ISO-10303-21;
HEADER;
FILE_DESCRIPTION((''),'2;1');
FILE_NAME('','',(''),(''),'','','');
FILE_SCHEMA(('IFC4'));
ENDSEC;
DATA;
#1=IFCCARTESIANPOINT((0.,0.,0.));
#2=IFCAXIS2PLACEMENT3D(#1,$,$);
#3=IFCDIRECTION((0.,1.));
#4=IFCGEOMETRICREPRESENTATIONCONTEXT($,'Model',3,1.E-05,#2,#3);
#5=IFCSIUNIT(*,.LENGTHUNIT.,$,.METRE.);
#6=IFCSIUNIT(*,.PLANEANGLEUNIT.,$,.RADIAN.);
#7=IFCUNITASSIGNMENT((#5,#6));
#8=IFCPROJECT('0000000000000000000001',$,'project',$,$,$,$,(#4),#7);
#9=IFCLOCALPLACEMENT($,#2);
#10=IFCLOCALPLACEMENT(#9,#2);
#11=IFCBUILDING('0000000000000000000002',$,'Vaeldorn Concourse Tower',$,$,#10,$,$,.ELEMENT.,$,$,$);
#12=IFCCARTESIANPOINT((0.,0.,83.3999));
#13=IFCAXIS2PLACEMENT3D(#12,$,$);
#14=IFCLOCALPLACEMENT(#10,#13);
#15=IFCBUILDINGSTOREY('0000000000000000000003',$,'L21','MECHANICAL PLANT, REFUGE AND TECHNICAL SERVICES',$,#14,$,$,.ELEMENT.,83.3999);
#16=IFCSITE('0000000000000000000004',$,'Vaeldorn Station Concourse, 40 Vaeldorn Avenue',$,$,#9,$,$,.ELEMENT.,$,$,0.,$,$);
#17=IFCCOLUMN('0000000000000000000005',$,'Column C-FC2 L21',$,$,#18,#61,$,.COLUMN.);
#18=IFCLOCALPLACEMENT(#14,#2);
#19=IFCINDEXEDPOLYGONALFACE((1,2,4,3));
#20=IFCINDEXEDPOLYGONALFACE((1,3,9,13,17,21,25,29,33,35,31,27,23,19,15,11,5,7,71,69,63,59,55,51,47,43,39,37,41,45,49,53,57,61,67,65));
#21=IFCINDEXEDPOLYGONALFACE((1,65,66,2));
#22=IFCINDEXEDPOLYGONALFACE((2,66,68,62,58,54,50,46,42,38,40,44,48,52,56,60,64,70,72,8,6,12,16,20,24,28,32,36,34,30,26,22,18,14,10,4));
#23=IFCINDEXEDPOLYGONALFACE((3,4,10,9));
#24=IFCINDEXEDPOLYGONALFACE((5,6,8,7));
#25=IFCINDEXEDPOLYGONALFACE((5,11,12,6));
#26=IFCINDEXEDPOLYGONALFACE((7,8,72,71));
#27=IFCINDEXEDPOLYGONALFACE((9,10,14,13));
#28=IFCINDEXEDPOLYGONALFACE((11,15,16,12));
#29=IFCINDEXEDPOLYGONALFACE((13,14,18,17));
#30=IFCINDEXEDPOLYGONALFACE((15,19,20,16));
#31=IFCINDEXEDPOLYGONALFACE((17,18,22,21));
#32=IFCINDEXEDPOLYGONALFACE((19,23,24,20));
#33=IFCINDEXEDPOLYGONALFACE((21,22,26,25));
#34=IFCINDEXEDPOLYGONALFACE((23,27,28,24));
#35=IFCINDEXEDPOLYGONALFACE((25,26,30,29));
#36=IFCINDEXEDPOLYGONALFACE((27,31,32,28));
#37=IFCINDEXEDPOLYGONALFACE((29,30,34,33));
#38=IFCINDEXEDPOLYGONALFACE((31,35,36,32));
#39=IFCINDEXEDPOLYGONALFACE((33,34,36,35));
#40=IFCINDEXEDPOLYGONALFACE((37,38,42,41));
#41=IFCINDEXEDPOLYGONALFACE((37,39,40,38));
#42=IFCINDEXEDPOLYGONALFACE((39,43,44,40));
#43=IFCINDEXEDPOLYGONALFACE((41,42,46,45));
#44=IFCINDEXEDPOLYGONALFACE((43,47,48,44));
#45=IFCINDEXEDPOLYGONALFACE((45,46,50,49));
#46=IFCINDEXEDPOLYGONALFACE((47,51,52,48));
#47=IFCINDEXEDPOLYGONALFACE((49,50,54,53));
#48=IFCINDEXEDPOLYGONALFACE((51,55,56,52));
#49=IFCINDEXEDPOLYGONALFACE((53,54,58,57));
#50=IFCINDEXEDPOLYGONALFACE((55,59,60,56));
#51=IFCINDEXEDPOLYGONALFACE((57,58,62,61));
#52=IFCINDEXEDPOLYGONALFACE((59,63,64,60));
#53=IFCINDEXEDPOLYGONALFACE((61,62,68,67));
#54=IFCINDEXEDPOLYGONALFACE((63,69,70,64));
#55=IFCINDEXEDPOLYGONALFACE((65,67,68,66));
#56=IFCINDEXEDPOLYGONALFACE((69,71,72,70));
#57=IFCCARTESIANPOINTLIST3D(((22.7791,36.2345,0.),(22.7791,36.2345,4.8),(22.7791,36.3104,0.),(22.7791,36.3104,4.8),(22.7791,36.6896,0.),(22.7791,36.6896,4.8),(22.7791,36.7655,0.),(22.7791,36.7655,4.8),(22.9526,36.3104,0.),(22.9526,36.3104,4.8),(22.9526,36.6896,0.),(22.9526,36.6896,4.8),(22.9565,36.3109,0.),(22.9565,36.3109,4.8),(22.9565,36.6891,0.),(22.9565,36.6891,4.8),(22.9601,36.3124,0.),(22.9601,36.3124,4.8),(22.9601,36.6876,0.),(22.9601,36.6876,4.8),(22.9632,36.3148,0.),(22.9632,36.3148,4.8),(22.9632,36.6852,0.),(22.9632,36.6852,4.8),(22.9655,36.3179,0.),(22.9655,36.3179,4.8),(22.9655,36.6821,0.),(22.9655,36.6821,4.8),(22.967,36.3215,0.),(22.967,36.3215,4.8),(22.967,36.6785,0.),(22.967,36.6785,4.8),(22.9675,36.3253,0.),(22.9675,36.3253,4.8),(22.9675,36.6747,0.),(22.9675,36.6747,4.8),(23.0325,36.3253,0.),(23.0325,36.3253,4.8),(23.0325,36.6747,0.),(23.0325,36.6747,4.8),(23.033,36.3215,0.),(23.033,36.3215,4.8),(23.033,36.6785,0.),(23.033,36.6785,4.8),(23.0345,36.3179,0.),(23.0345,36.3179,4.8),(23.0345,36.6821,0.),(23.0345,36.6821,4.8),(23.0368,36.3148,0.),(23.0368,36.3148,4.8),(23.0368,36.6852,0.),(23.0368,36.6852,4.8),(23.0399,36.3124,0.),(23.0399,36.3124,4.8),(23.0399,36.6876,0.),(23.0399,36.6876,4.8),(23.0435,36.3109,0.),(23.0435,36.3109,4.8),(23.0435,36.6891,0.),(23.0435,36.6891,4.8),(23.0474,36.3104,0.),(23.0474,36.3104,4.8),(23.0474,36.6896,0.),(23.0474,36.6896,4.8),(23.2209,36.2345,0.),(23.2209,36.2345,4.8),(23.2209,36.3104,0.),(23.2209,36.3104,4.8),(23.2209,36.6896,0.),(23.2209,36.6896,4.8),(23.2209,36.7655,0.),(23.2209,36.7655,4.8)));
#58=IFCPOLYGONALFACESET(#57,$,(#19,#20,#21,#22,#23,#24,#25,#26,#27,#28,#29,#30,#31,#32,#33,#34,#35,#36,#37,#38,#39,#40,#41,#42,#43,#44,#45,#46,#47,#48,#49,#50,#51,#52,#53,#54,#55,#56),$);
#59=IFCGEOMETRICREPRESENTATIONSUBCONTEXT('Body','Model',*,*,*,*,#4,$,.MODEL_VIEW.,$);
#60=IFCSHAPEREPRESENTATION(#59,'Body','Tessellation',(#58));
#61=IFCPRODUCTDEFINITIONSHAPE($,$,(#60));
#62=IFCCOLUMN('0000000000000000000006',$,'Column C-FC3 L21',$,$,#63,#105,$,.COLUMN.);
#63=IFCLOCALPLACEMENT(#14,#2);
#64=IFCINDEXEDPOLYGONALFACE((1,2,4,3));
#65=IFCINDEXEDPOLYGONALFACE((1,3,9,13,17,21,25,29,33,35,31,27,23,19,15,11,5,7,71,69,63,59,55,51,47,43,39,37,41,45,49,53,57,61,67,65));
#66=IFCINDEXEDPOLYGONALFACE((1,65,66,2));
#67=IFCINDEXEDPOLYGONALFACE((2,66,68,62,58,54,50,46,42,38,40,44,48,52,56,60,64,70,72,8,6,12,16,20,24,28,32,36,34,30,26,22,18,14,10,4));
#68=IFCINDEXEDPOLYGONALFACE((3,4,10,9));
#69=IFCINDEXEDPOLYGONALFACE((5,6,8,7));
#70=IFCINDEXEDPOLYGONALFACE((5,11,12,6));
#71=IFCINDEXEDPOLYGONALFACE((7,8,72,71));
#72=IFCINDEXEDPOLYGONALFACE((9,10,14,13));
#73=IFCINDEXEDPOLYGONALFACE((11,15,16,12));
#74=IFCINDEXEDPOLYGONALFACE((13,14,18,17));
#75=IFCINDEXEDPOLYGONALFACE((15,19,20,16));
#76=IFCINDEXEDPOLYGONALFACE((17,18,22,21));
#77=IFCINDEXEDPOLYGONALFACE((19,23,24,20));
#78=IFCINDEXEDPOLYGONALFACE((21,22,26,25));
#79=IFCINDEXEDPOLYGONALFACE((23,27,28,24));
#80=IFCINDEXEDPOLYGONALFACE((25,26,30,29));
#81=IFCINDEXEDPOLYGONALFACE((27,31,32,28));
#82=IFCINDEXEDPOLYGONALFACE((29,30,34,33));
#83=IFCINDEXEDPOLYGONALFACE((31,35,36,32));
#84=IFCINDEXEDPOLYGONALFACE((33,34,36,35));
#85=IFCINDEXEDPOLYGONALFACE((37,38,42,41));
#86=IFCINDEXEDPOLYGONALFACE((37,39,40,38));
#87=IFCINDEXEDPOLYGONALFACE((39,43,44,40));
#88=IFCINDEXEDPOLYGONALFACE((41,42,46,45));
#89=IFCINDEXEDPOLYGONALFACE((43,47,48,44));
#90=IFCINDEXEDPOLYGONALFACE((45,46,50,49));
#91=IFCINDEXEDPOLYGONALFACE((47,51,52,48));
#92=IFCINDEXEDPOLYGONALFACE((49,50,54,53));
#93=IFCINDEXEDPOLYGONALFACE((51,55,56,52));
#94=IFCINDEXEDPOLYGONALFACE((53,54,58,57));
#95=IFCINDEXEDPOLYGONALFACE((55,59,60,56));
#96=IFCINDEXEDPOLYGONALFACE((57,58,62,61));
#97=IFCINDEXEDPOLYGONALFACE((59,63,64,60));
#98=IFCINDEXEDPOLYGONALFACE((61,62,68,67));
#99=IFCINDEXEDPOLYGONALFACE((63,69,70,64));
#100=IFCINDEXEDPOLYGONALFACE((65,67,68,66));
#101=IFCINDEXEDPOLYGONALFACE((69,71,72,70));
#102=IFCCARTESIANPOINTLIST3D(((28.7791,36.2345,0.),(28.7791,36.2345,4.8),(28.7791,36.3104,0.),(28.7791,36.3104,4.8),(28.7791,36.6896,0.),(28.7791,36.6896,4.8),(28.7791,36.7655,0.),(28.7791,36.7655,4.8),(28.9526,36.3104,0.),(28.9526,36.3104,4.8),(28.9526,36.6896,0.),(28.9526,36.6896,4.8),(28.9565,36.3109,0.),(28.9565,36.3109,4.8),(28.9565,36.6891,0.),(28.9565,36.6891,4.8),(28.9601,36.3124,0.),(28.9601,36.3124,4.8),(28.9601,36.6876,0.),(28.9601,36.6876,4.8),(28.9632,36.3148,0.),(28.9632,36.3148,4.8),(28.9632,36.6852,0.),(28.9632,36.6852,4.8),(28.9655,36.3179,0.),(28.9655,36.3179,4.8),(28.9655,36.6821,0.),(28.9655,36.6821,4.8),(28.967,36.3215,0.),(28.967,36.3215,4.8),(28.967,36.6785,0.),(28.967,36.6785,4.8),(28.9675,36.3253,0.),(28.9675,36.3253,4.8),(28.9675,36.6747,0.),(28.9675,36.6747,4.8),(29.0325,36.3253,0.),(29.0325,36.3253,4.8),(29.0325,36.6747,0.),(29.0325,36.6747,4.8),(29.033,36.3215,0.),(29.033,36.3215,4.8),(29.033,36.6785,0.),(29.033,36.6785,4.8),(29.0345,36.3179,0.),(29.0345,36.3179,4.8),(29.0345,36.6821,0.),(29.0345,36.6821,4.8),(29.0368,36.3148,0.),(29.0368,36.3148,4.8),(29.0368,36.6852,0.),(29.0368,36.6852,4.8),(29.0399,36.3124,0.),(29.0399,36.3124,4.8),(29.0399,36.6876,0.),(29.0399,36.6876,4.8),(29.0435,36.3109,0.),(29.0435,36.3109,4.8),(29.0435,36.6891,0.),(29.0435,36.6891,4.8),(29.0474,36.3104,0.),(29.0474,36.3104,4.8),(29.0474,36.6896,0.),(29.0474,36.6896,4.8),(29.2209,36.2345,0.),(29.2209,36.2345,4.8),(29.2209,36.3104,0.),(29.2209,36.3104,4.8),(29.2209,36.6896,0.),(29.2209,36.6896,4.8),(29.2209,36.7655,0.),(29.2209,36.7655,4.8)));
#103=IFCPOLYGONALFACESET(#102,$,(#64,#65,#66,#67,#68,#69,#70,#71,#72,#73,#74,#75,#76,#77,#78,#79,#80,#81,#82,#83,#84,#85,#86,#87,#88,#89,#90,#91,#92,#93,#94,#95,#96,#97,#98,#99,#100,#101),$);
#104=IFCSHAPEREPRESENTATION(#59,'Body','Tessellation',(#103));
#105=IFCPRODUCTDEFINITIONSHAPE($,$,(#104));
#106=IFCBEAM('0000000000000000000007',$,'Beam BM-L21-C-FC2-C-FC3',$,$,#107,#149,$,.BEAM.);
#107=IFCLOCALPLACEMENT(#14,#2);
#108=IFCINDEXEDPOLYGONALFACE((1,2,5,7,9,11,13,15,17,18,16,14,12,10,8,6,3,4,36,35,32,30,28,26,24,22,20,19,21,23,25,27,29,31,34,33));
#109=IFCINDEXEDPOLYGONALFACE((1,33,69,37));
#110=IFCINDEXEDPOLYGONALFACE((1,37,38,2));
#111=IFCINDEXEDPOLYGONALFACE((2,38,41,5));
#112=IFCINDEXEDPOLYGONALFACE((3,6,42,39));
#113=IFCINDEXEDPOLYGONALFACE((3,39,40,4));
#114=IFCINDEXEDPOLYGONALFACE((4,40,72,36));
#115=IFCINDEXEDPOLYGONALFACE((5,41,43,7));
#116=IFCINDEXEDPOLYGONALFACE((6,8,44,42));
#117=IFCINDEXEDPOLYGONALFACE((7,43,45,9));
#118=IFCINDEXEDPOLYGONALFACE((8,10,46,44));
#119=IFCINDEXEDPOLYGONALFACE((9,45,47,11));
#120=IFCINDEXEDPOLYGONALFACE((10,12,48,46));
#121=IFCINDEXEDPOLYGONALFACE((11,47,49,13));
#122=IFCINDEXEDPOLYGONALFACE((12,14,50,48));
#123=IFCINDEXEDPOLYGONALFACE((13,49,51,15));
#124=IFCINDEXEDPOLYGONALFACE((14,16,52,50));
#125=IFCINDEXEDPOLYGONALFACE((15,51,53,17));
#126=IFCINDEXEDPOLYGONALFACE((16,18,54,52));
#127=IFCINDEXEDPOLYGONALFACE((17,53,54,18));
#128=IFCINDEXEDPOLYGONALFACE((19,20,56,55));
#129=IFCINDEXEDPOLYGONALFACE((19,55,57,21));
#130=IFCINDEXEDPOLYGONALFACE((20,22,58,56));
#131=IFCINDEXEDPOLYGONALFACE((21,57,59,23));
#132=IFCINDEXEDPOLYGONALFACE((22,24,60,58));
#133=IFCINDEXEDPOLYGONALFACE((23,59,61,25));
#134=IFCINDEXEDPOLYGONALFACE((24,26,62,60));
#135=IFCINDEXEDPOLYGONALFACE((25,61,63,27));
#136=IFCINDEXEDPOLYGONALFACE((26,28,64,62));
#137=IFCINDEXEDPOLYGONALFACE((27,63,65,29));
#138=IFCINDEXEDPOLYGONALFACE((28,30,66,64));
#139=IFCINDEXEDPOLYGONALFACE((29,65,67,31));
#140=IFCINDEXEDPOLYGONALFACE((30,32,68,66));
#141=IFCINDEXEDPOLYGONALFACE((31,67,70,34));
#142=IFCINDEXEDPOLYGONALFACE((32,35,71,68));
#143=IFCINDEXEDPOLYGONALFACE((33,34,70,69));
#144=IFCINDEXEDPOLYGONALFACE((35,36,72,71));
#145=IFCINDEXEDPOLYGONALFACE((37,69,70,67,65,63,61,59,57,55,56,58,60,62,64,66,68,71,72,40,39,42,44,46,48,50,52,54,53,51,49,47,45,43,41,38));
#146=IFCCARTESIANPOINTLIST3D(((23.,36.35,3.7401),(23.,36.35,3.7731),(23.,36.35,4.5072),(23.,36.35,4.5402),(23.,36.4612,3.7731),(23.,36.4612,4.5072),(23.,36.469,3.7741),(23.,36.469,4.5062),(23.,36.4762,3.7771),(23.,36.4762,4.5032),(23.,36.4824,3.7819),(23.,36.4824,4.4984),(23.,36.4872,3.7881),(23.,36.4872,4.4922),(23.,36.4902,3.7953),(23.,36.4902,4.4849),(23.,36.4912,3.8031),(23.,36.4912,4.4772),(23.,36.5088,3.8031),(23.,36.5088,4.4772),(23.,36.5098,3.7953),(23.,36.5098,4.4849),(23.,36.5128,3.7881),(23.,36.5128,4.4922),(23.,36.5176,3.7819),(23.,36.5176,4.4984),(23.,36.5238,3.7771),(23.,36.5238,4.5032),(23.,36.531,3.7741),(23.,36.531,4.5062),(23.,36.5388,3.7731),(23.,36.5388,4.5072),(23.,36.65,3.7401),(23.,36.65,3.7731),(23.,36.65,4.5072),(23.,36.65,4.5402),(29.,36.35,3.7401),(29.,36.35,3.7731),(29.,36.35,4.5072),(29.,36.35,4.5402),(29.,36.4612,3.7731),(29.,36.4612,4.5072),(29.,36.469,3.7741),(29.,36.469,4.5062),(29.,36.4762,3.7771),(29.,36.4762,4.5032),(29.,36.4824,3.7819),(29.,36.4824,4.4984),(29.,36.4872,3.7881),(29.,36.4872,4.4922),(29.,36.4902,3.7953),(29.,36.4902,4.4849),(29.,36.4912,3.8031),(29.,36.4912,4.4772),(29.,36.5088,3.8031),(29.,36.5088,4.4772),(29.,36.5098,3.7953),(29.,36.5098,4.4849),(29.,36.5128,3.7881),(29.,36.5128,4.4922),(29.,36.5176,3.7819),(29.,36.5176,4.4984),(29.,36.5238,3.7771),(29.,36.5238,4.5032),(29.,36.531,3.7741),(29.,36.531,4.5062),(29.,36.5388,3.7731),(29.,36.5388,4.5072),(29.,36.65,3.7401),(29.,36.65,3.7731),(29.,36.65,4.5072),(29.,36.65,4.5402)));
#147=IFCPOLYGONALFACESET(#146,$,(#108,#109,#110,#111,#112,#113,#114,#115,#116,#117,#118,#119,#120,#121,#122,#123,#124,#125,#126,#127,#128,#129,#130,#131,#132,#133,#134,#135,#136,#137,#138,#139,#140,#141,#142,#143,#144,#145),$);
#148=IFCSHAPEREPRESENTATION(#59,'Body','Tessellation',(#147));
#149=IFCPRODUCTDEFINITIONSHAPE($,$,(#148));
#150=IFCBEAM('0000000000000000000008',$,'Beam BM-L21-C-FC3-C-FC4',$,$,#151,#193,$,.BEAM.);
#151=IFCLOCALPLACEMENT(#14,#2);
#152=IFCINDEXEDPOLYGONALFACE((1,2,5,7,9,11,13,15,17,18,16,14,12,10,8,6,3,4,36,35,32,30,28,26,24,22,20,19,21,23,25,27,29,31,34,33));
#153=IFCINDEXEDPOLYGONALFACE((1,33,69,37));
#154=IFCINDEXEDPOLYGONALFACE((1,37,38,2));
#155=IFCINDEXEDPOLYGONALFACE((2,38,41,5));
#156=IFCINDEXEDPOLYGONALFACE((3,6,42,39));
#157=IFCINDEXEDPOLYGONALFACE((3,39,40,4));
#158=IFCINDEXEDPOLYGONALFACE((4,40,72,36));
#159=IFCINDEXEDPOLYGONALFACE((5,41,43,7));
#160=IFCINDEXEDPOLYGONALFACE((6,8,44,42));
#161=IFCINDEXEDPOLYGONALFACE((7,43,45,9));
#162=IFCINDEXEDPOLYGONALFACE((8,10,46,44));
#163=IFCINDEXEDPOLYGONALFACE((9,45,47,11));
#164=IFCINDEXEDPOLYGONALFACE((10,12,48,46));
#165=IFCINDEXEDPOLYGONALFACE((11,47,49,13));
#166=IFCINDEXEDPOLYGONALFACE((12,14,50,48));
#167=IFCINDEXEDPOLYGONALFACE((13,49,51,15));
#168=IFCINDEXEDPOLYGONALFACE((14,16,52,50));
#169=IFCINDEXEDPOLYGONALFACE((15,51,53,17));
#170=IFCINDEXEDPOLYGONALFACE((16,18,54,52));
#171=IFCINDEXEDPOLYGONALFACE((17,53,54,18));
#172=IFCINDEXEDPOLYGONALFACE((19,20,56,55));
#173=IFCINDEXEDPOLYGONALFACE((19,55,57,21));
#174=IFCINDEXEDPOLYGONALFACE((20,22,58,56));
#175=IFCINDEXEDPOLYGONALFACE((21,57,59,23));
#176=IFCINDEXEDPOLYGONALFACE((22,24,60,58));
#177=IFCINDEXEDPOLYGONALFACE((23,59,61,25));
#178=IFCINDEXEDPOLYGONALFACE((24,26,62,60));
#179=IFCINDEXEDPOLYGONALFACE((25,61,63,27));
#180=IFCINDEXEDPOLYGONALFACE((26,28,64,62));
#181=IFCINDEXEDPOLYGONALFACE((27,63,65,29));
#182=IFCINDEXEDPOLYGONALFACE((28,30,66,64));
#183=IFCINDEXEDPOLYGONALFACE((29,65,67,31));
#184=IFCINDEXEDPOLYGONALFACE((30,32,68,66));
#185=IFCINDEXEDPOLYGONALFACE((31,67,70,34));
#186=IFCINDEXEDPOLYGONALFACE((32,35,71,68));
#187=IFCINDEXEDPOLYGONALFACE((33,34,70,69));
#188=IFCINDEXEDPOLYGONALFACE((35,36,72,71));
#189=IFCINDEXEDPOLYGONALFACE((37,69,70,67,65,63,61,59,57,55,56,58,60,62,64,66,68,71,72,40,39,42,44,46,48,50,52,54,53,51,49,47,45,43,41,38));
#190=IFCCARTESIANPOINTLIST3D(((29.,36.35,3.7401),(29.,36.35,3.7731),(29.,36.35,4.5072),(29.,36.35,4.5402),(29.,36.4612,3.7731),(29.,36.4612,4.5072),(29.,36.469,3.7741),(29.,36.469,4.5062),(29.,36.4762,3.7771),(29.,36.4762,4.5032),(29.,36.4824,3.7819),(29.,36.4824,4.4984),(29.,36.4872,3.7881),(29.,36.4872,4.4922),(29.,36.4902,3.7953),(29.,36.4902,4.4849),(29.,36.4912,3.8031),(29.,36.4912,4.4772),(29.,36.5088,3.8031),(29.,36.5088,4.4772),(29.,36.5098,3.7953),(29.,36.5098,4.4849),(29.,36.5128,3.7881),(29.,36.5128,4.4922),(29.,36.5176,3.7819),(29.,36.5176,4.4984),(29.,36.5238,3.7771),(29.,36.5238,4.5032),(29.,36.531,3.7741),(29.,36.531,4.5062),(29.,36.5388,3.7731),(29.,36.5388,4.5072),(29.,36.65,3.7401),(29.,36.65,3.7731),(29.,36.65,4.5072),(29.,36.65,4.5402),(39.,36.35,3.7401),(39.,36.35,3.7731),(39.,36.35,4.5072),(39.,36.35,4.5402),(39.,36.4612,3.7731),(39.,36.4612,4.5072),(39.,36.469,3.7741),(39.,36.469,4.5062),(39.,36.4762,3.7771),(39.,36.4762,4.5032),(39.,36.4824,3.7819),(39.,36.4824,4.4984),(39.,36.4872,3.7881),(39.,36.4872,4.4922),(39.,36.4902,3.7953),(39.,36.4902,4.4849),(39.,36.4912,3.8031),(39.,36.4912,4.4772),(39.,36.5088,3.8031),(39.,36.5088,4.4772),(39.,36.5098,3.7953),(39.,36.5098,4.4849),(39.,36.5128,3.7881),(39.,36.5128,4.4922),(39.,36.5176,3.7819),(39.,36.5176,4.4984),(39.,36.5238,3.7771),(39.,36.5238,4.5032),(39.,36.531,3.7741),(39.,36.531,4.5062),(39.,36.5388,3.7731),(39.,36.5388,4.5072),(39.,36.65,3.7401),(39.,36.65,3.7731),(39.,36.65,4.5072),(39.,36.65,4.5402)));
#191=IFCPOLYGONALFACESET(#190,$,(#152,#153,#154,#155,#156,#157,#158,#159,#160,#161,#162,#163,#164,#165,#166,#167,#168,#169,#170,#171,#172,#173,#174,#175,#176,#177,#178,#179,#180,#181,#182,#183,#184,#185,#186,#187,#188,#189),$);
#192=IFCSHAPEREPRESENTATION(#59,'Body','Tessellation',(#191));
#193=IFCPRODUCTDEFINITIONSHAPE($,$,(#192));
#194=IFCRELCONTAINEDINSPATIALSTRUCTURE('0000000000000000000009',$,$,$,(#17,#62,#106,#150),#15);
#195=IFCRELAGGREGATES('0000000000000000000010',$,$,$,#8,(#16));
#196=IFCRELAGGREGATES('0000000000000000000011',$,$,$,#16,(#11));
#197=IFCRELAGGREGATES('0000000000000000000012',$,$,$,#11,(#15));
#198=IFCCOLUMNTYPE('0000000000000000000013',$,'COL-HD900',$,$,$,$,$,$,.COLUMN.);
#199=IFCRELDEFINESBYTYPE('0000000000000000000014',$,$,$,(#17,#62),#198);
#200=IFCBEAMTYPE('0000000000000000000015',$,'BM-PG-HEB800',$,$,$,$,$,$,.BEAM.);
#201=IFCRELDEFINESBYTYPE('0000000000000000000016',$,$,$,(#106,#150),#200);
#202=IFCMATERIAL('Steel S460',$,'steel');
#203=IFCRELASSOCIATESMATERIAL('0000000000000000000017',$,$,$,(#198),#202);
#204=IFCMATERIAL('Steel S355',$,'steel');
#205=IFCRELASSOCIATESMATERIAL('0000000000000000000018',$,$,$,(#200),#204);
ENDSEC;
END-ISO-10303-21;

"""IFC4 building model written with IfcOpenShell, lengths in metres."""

from ifc_helpers import new_model, si_unit, direction, frame, origin, origin_2d, place, context, subcontext, project, spatial, i_section, extrude, source, transform, mapped, material, material_profile, profile_set, type_object, element, save


model = new_model("IFC4")

# Units and contexts
model_context = context("Model", 3, precision=1e-05, world=origin(), true_north=direction((0.0, 1.0)))
body_context = subcontext(model_context, "Body", "Model", "MODEL_VIEW")
ifc_project = project(units=[si_unit("LENGTHUNIT", "METRE"), si_unit("PLANEANGLEUNIT", "RADIAN")], contexts=[model_context])

# Site, building, storey
site_placement = place(None, origin())
site = spatial("IfcSite", under=ifc_project, at=site_placement, Name="Vaeldorn Station Concourse, 40 Vaeldorn Avenue", CompositionType="ELEMENT", RefElevation=0.0)
building_placement = place(site_placement, origin())
building = spatial("IfcBuilding", under=site, at=building_placement, Name="Vaeldorn Concourse Tower", CompositionType="ELEMENT")
storey_placement = place(building_placement, frame((0.0, 0.0, 83.3999)))
storey = spatial("IfcBuildingStorey", under=building, at=storey_placement, Name="L21", Description="MECHANICAL PLANT, REFUGE AND TECHNICAL SERVICES", CompositionType="ELEMENT", Elevation=83.3999)

# Columns
ifc_material_1 = material(Name="Steel S460", Category="steel")
ifc_material_profile_1 = material_profile(ifc_material_1, i_section(OverallWidth=0.4419, OverallDepth=0.531, WebThickness=0.0649, FlangeThickness=0.0759, FilletRadius=0.0149, at=origin_2d()), Name="HD 400x900")
ifc_profile_set_1 = profile_set([ifc_material_profile_1], Name="Steel S460")
column_type = type_object("IfcColumnType", Name="COL-HD900", PredefinedType="COLUMN", material=ifc_profile_set_1)
shared_shape_1 = source(origin(), body_context, "Body", "SweptSolid", [
    extrude(i_section(OverallWidth=0.4419, OverallDepth=0.531, WebThickness=0.0649, FlangeThickness=0.0759, FilletRadius=0.0149, at=origin_2d()), origin(), (0.0, 0.0, 1.0), 4.8),
])
for number, where, z_axis, x_axis, name in (
    (1, (23.0, 36.5, 0.0), (0.0, 0.0, 1.0), (1.0, 0.0, 0.0), "Column C-FC2 L21"),
    (2, (29.0, 36.5, 0.0), (0.0, 0.0, 1.0), (1.0, 0.0, 0.0), "Column C-FC3 L21"),
):
    element("IfcColumn", number, at=place(storey_placement, frame(where, z_axis=z_axis, x_axis=x_axis)), inside=storey, type_object=column_type, Name=name, PredefinedType="COLUMN", context=body_context, shape_type="MappedRepresentation", body=[
        mapped(shared_shape_1, transform((0.0, 0.0, 0.0), scale=1.0)),
    ])

# Beams
ifc_material_2 = material(Name="Steel S355", Category="steel")
ifc_material_profile_2 = material_profile(ifc_material_2, i_section(OverallWidth=0.3, OverallDepth=0.8, WebThickness=0.0176, FlangeThickness=0.033, FilletRadius=0.03, at=origin_2d()), Name="HEB 800")
ifc_profile_set_2 = profile_set([ifc_material_profile_2], Name="Steel S355")
beam_type_1 = type_object("IfcBeamType", Name="BM-PG-HEB800", PredefinedType="BEAM", material=ifc_profile_set_2)
shared_shape_2 = source(origin(), body_context, "Body", "SweptSolid", [
    extrude(i_section(OverallWidth=0.3, OverallDepth=0.8, WebThickness=0.0176, FlangeThickness=0.033, FilletRadius=0.03, at=origin_2d()), origin(), (0.0, 0.0, 1.0), 6.0),
])
beam_1_placement = place(storey_placement, frame((23.0, 36.5, 4.1401), z_axis=(1.0, 0.0, 0.0), x_axis=(0.0, 1.0, 0.0)))
element("IfcBeam", 3, at=beam_1_placement, inside=storey, type_object=beam_type_1, Name="Beam BM-L21-C-FC2-C-FC3", PredefinedType="BEAM", context=body_context, shape_type="MappedRepresentation", body=[
    mapped(shared_shape_2, transform((0.0, 0.0, 0.0), scale=1.0)),
])
shared_shape_3 = source(origin(), body_context, "Body", "SweptSolid", [
    extrude(i_section(OverallWidth=0.3, OverallDepth=0.8, WebThickness=0.0176, FlangeThickness=0.033, FilletRadius=0.03, at=origin_2d()), origin(), (0.0, 0.0, 1.0), 10.0),
])
beam_2_placement = place(storey_placement, frame((29.0, 36.5, 4.1401), z_axis=(1.0, 0.0, 0.0), x_axis=(0.0, 1.0, 0.0)))
element("IfcBeam", 4, at=beam_2_placement, inside=storey, type_object=beam_type_1, Name="Beam BM-L21-C-FC3-C-FC4", PredefinedType="BEAM", context=body_context, shape_type="MappedRepresentation", body=[
    mapped(shared_shape_3, transform((0.0, 0.0, 0.0), scale=1.0)),
])

save(model, "model.ifc")
